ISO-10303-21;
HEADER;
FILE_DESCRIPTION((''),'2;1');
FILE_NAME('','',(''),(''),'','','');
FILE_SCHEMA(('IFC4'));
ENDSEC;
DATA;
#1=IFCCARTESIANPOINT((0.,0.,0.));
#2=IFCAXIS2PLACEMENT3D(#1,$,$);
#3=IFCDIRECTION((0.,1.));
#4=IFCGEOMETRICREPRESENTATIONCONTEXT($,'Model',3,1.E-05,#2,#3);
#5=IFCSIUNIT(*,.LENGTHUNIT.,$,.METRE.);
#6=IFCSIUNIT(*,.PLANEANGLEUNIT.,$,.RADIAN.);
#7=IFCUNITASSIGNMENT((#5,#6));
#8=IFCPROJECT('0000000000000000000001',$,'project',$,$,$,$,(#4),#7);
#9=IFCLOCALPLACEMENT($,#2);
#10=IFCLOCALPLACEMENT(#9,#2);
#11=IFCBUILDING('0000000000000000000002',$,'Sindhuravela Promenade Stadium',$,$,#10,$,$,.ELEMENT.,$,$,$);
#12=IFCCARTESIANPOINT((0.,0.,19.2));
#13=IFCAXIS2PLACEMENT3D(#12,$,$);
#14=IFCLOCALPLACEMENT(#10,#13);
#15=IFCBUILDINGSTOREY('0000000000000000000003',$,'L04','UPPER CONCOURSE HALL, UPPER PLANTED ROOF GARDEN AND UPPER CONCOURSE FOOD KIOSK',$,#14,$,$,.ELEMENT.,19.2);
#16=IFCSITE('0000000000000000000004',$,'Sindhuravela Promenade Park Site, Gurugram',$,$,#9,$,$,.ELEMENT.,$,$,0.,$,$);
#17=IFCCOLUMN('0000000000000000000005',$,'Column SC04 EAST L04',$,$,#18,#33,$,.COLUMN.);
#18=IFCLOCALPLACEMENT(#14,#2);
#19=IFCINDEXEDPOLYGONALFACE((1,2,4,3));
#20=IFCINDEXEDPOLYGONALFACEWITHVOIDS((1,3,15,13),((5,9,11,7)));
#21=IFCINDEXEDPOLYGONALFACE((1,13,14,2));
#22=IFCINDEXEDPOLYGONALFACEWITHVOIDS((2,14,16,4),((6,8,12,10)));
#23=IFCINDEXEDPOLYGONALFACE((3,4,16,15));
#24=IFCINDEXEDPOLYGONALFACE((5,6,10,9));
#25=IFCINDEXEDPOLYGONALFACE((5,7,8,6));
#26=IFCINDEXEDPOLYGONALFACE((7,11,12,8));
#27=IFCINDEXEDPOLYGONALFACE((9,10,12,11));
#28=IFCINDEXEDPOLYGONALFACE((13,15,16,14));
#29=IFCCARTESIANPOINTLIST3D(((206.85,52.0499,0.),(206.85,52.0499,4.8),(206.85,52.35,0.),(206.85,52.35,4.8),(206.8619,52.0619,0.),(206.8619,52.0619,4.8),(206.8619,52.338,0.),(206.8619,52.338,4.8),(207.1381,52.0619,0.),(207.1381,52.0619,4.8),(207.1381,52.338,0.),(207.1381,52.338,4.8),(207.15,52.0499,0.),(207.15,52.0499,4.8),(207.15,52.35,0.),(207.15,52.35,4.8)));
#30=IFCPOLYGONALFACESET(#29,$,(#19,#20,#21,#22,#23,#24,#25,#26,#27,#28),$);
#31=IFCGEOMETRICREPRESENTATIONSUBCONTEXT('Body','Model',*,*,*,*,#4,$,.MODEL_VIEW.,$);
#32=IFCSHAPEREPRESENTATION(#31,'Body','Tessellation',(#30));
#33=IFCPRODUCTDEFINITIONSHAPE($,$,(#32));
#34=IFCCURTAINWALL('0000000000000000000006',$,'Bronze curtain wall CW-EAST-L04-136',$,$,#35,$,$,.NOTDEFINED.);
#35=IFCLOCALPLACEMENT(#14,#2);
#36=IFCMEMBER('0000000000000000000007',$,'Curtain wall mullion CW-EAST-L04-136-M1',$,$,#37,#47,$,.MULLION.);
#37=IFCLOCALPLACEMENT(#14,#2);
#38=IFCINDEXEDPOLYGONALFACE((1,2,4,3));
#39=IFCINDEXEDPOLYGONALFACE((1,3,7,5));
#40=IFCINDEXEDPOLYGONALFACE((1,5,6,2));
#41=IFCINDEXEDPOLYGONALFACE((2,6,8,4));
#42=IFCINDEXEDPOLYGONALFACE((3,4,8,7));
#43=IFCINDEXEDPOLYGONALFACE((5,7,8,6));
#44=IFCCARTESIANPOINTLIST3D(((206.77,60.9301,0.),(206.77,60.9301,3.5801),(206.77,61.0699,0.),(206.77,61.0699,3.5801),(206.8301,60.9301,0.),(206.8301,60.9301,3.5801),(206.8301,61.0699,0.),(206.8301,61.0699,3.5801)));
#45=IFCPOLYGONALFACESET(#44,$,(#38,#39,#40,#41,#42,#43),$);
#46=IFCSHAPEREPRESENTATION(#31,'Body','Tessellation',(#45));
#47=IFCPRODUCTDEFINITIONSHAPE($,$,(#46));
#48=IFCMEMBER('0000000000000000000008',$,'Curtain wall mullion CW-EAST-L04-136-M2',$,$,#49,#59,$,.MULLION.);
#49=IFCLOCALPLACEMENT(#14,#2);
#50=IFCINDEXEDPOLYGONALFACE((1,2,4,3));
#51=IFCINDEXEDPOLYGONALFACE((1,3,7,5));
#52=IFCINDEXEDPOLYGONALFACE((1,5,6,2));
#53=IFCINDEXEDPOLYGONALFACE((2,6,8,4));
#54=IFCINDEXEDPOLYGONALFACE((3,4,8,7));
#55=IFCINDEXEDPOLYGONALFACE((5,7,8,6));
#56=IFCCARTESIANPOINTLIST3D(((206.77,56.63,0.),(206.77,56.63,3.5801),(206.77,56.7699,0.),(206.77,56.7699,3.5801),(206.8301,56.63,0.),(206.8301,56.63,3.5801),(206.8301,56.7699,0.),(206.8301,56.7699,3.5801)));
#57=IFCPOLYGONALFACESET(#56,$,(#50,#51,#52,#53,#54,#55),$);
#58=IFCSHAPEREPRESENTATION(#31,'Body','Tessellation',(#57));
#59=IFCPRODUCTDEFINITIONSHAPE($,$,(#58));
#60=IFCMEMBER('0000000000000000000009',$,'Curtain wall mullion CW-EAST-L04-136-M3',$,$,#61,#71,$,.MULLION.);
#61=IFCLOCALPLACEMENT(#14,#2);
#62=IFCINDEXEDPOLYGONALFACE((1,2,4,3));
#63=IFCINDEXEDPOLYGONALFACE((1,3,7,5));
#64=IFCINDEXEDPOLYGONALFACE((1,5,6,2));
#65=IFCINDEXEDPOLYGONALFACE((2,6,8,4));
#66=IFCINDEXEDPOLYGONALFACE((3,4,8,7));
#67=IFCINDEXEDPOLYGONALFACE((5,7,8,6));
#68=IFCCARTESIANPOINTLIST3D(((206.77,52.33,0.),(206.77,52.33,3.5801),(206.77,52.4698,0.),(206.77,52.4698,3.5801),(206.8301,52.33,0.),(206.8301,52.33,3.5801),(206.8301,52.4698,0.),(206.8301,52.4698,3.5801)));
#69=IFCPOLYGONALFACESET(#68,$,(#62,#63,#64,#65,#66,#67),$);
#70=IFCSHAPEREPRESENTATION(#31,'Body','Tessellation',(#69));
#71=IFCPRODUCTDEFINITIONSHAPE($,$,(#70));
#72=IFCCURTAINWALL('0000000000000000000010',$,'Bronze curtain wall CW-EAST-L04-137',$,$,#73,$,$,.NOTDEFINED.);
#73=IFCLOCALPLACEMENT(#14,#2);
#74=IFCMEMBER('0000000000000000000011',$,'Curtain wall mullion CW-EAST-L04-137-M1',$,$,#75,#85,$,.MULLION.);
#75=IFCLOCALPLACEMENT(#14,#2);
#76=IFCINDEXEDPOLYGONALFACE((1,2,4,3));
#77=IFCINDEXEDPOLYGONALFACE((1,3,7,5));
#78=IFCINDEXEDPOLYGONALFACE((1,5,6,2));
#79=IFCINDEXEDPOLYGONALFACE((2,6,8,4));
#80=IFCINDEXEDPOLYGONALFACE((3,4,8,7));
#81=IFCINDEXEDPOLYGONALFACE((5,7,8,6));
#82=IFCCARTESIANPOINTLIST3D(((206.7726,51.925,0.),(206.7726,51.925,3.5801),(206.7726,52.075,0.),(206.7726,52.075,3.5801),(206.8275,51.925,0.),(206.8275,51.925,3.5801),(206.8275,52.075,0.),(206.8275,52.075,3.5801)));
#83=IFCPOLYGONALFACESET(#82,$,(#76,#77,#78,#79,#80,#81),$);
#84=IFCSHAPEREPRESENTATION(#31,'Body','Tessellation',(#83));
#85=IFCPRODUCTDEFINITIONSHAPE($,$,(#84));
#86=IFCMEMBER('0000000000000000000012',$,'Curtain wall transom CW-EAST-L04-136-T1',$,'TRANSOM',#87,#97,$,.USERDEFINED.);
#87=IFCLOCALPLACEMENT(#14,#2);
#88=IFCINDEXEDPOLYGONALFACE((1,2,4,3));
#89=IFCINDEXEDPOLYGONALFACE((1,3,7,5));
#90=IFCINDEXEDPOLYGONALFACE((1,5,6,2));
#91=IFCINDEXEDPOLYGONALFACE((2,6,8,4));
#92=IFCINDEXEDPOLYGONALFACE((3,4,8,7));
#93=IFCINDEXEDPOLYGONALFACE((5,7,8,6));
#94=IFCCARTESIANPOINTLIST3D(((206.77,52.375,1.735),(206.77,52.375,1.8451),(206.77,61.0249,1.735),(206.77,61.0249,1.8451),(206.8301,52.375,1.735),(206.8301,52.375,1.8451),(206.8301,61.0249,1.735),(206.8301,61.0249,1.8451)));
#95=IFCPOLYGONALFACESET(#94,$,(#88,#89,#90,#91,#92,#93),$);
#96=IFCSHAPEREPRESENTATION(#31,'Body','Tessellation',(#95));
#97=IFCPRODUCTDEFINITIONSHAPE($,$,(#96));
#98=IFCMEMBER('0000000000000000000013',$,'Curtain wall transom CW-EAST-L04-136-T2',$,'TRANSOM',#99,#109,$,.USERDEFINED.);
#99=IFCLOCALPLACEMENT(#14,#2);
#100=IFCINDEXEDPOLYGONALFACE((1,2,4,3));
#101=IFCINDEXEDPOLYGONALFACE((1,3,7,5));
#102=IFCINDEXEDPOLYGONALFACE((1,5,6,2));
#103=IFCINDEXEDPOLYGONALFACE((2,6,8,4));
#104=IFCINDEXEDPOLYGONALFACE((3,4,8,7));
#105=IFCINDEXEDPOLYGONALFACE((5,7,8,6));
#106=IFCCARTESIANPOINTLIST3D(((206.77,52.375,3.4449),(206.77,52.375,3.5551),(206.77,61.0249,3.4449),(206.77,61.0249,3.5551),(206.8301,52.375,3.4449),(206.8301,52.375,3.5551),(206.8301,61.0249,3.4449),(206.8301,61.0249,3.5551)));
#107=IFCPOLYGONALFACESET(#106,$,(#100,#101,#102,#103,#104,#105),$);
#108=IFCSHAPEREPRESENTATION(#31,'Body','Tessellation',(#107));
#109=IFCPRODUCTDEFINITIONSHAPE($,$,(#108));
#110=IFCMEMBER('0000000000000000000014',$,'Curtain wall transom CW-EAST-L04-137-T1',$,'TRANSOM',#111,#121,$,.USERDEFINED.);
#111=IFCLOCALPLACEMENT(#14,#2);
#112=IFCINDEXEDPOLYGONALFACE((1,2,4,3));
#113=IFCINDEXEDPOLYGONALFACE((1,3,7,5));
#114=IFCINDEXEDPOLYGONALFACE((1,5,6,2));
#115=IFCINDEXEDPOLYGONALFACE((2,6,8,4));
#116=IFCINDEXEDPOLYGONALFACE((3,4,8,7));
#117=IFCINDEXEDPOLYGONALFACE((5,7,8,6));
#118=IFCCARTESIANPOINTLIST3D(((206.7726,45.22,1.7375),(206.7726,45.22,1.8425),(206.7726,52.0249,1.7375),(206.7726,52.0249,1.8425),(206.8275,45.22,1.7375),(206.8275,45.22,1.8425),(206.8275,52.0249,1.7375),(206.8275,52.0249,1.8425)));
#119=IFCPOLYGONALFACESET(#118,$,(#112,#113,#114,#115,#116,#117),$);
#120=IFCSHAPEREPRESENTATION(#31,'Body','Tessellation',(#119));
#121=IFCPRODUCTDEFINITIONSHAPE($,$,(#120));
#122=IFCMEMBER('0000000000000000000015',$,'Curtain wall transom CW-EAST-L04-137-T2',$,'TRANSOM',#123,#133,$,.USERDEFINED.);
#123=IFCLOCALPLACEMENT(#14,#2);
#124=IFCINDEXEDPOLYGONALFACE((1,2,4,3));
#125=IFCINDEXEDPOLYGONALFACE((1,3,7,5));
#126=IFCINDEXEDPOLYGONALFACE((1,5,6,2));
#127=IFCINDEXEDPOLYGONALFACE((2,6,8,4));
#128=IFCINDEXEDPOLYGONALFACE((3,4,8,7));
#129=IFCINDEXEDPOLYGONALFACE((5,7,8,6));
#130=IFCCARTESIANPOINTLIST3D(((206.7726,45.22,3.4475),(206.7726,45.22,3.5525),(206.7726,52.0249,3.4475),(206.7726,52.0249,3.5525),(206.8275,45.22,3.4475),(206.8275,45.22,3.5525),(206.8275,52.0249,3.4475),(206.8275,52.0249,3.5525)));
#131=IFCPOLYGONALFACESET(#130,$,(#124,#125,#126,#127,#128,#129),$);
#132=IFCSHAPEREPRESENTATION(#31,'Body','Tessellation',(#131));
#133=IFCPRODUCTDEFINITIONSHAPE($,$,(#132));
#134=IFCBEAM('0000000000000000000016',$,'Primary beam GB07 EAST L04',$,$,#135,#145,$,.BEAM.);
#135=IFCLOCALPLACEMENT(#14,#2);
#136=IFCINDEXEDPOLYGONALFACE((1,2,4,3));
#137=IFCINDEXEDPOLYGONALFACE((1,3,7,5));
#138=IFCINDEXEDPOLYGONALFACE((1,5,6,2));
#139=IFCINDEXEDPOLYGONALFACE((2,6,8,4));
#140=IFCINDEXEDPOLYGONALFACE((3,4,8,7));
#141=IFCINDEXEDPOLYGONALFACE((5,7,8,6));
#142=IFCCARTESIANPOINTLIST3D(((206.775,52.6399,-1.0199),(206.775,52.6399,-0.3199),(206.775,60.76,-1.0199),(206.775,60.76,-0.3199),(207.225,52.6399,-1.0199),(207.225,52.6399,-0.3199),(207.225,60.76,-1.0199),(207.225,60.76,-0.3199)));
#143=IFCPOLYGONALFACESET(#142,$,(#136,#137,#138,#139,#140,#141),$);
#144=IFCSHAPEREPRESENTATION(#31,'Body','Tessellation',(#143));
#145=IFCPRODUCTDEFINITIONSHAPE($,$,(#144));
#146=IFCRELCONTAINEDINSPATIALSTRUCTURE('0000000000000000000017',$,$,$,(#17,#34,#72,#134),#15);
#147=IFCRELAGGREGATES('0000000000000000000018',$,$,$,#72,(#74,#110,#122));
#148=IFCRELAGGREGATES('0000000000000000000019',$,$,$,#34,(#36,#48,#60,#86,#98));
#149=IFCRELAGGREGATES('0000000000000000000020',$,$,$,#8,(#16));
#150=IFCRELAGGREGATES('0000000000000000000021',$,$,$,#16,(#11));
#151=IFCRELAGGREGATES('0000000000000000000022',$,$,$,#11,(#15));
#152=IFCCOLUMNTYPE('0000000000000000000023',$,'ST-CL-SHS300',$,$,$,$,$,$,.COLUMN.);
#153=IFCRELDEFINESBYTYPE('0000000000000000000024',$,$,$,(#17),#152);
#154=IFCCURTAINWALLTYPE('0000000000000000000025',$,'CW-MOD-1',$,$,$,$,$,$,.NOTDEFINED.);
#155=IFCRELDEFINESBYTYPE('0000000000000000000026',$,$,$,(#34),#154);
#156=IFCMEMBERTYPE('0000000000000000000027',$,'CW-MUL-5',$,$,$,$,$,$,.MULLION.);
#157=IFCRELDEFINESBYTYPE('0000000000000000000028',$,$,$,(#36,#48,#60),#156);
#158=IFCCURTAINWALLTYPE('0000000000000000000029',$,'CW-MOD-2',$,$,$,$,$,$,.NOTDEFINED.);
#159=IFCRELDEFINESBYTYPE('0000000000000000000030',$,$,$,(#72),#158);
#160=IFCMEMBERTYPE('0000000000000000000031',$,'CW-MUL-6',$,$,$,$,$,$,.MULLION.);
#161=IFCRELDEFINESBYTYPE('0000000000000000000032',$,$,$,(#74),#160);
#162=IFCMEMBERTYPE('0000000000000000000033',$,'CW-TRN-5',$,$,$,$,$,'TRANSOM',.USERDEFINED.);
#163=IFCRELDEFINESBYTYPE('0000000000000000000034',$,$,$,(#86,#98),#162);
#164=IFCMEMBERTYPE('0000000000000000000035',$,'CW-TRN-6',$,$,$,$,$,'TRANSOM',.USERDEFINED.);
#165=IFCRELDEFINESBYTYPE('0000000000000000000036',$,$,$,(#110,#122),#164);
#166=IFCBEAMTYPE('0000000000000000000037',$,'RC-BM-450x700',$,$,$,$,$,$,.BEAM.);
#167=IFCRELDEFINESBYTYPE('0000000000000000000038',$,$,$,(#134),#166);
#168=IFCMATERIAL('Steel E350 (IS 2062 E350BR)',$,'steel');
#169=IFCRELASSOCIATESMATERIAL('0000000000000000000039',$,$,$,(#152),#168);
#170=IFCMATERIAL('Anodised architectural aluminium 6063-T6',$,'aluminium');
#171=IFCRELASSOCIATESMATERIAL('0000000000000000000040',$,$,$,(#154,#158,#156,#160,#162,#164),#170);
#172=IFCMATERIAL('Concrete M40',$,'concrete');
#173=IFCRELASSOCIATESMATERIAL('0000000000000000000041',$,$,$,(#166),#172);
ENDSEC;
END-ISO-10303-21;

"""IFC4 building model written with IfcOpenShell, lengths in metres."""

from ifc_helpers import new_model, si_unit, direction, frame, origin, origin_2d, place, context, subcontext, project, spatial, rectangle, hollow_rectangle, extrude, material, material_profile, profile_set, type_object, element, aggregate, save


model = new_model("IFC4")

# Units and contexts
model_context = context("Model", 3, precision=1e-05, world=origin(), true_north=direction((0.0, 1.0)))
body_context = subcontext(model_context, "Body", "Model", "MODEL_VIEW")
ifc_project = project(units=[si_unit("LENGTHUNIT", "METRE"), si_unit("PLANEANGLEUNIT", "RADIAN")], contexts=[model_context])

# Site, building, storey
site_placement = place(None, origin())
site = spatial("IfcSite", under=ifc_project, at=site_placement, Name="Sindhuravela Promenade Park Site, Gurugram", CompositionType="ELEMENT", RefElevation=0.0)
building_placement = place(site_placement, origin())
building = spatial("IfcBuilding", under=site, at=building_placement, Name="Sindhuravela Promenade Stadium", CompositionType="ELEMENT")
storey_placement = place(building_placement, frame((0.0, 0.0, 19.2)))
storey = spatial("IfcBuildingStorey", under=building, at=storey_placement, Name="L04", Description="UPPER CONCOURSE HALL, UPPER PLANTED ROOF GARDEN AND UPPER CONCOURSE FOOD KIOSK", CompositionType="ELEMENT", Elevation=19.2)

# Column
ifc_material_1 = material(Name="Steel E350 (IS 2062 E350BR)", Category="steel")
ifc_material_profile_1 = material_profile(ifc_material_1, hollow_rectangle(XDim=0.3, YDim=0.3, WallThickness=0.012, at=origin_2d()), Name="SHS 300x300x12")
ifc_profile_set_1 = profile_set([ifc_material_profile_1], Name="Steel E350 (IS 2062 E350BR)")
column_type = type_object("IfcColumnType", Name="ST-CL-SHS300", PredefinedType="COLUMN", material=ifc_profile_set_1)
column_placement = place(storey_placement, frame((207.0, 52.2, 0.0), z_axis=(0.0, 0.0, 1.0), x_axis=(1.0, 0.0, 0.0)))
element("IfcColumn", 1, at=column_placement, inside=storey, type_object=column_type, Name="Column SC04 EAST L04", PredefinedType="COLUMN", context=body_context, shape_type="SweptSolid", body=[
    extrude(hollow_rectangle(XDim=0.3, YDim=0.3, WallThickness=0.012, at=origin_2d()), origin(), (0.0, 0.0, 1.0), 4.8),
])

# Curtain wall, members
ifc_material_2 = material(Name="Anodised architectural aluminium 6063-T6", Category="aluminium")
curtain_wall_type_1 = type_object("IfcCurtainWallType", Name="CW-MOD-1", PredefinedType="NOTDEFINED", material=ifc_material_2)
curtain_wall_1_placement = place(storey_placement, origin())
curtain_wall_1 = element("IfcCurtainWall", 2, at=curtain_wall_1_placement, inside=storey, type_object=curtain_wall_type_1, Name="Bronze curtain wall CW-EAST-L04-136", PredefinedType="NOTDEFINED")
ifc_material_profile_2 = material_profile(ifc_material_2, rectangle(XDim=0.0601, YDim=0.1399, at=origin_2d()), Name="ALU M60x140")
ifc_profile_set_2 = profile_set([ifc_material_profile_2], Name="Anodised architectural aluminium 6063-T6")
member_type_1 = type_object("IfcMemberType", Name="CW-MUL-5", PredefinedType="MULLION", material=ifc_profile_set_2)
member_1_placement = place(storey_placement, frame((206.8, 61.0, 0.0), z_axis=(0.0, 0.0, 1.0), x_axis=(1.0, 0.0, 0.0)))
member_1 = element("IfcMember", 3, at=member_1_placement, type_object=member_type_1, Name="Curtain wall mullion CW-EAST-L04-136-M1", PredefinedType="MULLION", context=body_context, shape_type="SweptSolid", body=[
    extrude(rectangle(XDim=0.0601, YDim=0.1399, at=origin_2d()), origin(), (0.0, 0.0, 1.0), 3.5801),
])
member_2_placement = place(storey_placement, frame((206.8, 56.7, 0.0), z_axis=(0.0, 0.0, 1.0), x_axis=(1.0, 0.0, 0.0)))
member_2 = element("IfcMember", 4, at=member_2_placement, type_object=member_type_1, Name="Curtain wall mullion CW-EAST-L04-136-M2", PredefinedType="MULLION", context=body_context, shape_type="SweptSolid", body=[
    extrude(rectangle(XDim=0.0601, YDim=0.1399, at=origin_2d()), origin(), (0.0, 0.0, 1.0), 3.5801),
])
member_3_placement = place(storey_placement, frame((206.8, 52.3999, 0.0), z_axis=(0.0, 0.0, 1.0), x_axis=(1.0, 0.0, 0.0)))
member_3 = element("IfcMember", 5, at=member_3_placement, type_object=member_type_1, Name="Curtain wall mullion CW-EAST-L04-136-M3", PredefinedType="MULLION", context=body_context, shape_type="SweptSolid", body=[
    extrude(rectangle(XDim=0.0601, YDim=0.1399, at=origin_2d()), origin(), (0.0, 0.0, 1.0), 3.5801),
])

# Curtain wall, member
curtain_wall_type_2 = type_object("IfcCurtainWallType", Name="CW-MOD-2", PredefinedType="NOTDEFINED", material=ifc_material_2)
curtain_wall_2_placement = place(storey_placement, origin())
curtain_wall_2 = element("IfcCurtainWall", 6, at=curtain_wall_2_placement, inside=storey, type_object=curtain_wall_type_2, Name="Bronze curtain wall CW-EAST-L04-137", PredefinedType="NOTDEFINED")
ifc_material_profile_3 = material_profile(ifc_material_2, rectangle(XDim=0.0549, YDim=0.1499, at=origin_2d()), Name="ALU M55x150")
ifc_profile_set_3 = profile_set([ifc_material_profile_3], Name="Anodised architectural aluminium 6063-T6")
member_type_2 = type_object("IfcMemberType", Name="CW-MUL-6", PredefinedType="MULLION", material=ifc_profile_set_3)
member_4_placement = place(storey_placement, frame((206.8, 52.0, 0.0), z_axis=(0.0, 0.0, 1.0), x_axis=(1.0, 0.0, 0.0)))
member_4 = element("IfcMember", 7, at=member_4_placement, type_object=member_type_2, Name="Curtain wall mullion CW-EAST-L04-137-M1", PredefinedType="MULLION", context=body_context, shape_type="SweptSolid", body=[
    extrude(rectangle(XDim=0.0549, YDim=0.1499, at=origin_2d()), origin(), (0.0, 0.0, 1.0), 3.5801),
])

# Members
ifc_material_profile_4 = material_profile(ifc_material_2, rectangle(XDim=0.0601, YDim=0.1101, at=origin_2d()), Name="ALU T60x110")
ifc_profile_set_4 = profile_set([ifc_material_profile_4], Name="Anodised architectural aluminium 6063-T6")
member_type_3 = type_object("IfcMemberType", Name="CW-TRN-5", ElementType="TRANSOM", PredefinedType="USERDEFINED", material=ifc_profile_set_4)
member_5_placement = place(storey_placement, frame((206.8, 61.0249, 1.79), z_axis=(0.0, -1.0, 0.0), x_axis=(1.0, 0.0, 0.0)))
member_5 = element("IfcMember", 8, at=member_5_placement, type_object=member_type_3, Name="Curtain wall transom CW-EAST-L04-136-T1", ObjectType="TRANSOM", PredefinedType="USERDEFINED", context=body_context, shape_type="SweptSolid", body=[
    extrude(rectangle(XDim=0.0601, YDim=0.1101, at=origin_2d()), origin(), (0.0, 0.0, 1.0), 8.6499),
])
member_6_placement = place(storey_placement, frame((206.8, 61.0249, 3.5), z_axis=(0.0, -1.0, 0.0), x_axis=(1.0, 0.0, 0.0)))
member_6 = element("IfcMember", 9, at=member_6_placement, type_object=member_type_3, Name="Curtain wall transom CW-EAST-L04-136-T2", ObjectType="TRANSOM", PredefinedType="USERDEFINED", context=body_context, shape_type="SweptSolid", body=[
    extrude(rectangle(XDim=0.0601, YDim=0.1101, at=origin_2d()), origin(), (0.0, 0.0, 1.0), 8.6499),
])
ifc_material_profile_5 = material_profile(ifc_material_2, rectangle(XDim=0.0549, YDim=0.105, at=origin_2d()), Name="ALU T55x105")
ifc_profile_set_5 = profile_set([ifc_material_profile_5], Name="Anodised architectural aluminium 6063-T6")
member_type_4 = type_object("IfcMemberType", Name="CW-TRN-6", ElementType="TRANSOM", PredefinedType="USERDEFINED", material=ifc_profile_set_5)
member_7_placement = place(storey_placement, frame((206.8, 52.0249, 1.79), z_axis=(0.0, -1.0, 0.0), x_axis=(1.0, 0.0, 0.0)))
member_7 = element("IfcMember", 10, at=member_7_placement, type_object=member_type_4, Name="Curtain wall transom CW-EAST-L04-137-T1", ObjectType="TRANSOM", PredefinedType="USERDEFINED", context=body_context, shape_type="SweptSolid", body=[
    extrude(rectangle(XDim=0.0549, YDim=0.105, at=origin_2d()), origin(), (0.0, 0.0, 1.0), 6.8049),
])
member_8_placement = place(storey_placement, frame((206.8, 52.0249, 3.5), z_axis=(0.0, -1.0, 0.0), x_axis=(1.0, 0.0, 0.0)))
member_8 = element("IfcMember", 11, at=member_8_placement, type_object=member_type_4, Name="Curtain wall transom CW-EAST-L04-137-T2", ObjectType="TRANSOM", PredefinedType="USERDEFINED", context=body_context, shape_type="SweptSolid", body=[
    extrude(rectangle(XDim=0.0549, YDim=0.105, at=origin_2d()), origin(), (0.0, 0.0, 1.0), 6.8049),
])
aggregate(curtain_wall_2, [member_4, member_7, member_8])

# Beam
ifc_material_3 = material(Name="Concrete M40", Category="concrete")
ifc_material_profile_6 = material_profile(ifc_material_3, rectangle(XDim=0.45, YDim=0.7, at=origin_2d()), Name="RC 450x700")
ifc_profile_set_6 = profile_set([ifc_material_profile_6], Name="Concrete M40")
beam_type_1 = type_object("IfcBeamType", Name="RC-BM-450x700", PredefinedType="BEAM", material=ifc_profile_set_6)
beam_1_placement = place(storey_placement, frame((207.0, 52.6399, -0.6699), z_axis=(0.0, 1.0, 0.0), x_axis=(-1.0, 0.0, 0.0)))
element("IfcBeam", 12, at=beam_1_placement, inside=storey, type_object=beam_type_1, Name="Primary beam GB07 EAST L04", PredefinedType="BEAM", context=body_context, shape_type="SweptSolid", body=[
    extrude(rectangle(XDim=0.45, YDim=0.7, at=origin_2d()), origin(), (0.0, 0.0, 1.0), 8.1201),
])

aggregate(curtain_wall_1, [member_1, member_2, member_3, member_5, member_6])

save(model, "model.ifc")
